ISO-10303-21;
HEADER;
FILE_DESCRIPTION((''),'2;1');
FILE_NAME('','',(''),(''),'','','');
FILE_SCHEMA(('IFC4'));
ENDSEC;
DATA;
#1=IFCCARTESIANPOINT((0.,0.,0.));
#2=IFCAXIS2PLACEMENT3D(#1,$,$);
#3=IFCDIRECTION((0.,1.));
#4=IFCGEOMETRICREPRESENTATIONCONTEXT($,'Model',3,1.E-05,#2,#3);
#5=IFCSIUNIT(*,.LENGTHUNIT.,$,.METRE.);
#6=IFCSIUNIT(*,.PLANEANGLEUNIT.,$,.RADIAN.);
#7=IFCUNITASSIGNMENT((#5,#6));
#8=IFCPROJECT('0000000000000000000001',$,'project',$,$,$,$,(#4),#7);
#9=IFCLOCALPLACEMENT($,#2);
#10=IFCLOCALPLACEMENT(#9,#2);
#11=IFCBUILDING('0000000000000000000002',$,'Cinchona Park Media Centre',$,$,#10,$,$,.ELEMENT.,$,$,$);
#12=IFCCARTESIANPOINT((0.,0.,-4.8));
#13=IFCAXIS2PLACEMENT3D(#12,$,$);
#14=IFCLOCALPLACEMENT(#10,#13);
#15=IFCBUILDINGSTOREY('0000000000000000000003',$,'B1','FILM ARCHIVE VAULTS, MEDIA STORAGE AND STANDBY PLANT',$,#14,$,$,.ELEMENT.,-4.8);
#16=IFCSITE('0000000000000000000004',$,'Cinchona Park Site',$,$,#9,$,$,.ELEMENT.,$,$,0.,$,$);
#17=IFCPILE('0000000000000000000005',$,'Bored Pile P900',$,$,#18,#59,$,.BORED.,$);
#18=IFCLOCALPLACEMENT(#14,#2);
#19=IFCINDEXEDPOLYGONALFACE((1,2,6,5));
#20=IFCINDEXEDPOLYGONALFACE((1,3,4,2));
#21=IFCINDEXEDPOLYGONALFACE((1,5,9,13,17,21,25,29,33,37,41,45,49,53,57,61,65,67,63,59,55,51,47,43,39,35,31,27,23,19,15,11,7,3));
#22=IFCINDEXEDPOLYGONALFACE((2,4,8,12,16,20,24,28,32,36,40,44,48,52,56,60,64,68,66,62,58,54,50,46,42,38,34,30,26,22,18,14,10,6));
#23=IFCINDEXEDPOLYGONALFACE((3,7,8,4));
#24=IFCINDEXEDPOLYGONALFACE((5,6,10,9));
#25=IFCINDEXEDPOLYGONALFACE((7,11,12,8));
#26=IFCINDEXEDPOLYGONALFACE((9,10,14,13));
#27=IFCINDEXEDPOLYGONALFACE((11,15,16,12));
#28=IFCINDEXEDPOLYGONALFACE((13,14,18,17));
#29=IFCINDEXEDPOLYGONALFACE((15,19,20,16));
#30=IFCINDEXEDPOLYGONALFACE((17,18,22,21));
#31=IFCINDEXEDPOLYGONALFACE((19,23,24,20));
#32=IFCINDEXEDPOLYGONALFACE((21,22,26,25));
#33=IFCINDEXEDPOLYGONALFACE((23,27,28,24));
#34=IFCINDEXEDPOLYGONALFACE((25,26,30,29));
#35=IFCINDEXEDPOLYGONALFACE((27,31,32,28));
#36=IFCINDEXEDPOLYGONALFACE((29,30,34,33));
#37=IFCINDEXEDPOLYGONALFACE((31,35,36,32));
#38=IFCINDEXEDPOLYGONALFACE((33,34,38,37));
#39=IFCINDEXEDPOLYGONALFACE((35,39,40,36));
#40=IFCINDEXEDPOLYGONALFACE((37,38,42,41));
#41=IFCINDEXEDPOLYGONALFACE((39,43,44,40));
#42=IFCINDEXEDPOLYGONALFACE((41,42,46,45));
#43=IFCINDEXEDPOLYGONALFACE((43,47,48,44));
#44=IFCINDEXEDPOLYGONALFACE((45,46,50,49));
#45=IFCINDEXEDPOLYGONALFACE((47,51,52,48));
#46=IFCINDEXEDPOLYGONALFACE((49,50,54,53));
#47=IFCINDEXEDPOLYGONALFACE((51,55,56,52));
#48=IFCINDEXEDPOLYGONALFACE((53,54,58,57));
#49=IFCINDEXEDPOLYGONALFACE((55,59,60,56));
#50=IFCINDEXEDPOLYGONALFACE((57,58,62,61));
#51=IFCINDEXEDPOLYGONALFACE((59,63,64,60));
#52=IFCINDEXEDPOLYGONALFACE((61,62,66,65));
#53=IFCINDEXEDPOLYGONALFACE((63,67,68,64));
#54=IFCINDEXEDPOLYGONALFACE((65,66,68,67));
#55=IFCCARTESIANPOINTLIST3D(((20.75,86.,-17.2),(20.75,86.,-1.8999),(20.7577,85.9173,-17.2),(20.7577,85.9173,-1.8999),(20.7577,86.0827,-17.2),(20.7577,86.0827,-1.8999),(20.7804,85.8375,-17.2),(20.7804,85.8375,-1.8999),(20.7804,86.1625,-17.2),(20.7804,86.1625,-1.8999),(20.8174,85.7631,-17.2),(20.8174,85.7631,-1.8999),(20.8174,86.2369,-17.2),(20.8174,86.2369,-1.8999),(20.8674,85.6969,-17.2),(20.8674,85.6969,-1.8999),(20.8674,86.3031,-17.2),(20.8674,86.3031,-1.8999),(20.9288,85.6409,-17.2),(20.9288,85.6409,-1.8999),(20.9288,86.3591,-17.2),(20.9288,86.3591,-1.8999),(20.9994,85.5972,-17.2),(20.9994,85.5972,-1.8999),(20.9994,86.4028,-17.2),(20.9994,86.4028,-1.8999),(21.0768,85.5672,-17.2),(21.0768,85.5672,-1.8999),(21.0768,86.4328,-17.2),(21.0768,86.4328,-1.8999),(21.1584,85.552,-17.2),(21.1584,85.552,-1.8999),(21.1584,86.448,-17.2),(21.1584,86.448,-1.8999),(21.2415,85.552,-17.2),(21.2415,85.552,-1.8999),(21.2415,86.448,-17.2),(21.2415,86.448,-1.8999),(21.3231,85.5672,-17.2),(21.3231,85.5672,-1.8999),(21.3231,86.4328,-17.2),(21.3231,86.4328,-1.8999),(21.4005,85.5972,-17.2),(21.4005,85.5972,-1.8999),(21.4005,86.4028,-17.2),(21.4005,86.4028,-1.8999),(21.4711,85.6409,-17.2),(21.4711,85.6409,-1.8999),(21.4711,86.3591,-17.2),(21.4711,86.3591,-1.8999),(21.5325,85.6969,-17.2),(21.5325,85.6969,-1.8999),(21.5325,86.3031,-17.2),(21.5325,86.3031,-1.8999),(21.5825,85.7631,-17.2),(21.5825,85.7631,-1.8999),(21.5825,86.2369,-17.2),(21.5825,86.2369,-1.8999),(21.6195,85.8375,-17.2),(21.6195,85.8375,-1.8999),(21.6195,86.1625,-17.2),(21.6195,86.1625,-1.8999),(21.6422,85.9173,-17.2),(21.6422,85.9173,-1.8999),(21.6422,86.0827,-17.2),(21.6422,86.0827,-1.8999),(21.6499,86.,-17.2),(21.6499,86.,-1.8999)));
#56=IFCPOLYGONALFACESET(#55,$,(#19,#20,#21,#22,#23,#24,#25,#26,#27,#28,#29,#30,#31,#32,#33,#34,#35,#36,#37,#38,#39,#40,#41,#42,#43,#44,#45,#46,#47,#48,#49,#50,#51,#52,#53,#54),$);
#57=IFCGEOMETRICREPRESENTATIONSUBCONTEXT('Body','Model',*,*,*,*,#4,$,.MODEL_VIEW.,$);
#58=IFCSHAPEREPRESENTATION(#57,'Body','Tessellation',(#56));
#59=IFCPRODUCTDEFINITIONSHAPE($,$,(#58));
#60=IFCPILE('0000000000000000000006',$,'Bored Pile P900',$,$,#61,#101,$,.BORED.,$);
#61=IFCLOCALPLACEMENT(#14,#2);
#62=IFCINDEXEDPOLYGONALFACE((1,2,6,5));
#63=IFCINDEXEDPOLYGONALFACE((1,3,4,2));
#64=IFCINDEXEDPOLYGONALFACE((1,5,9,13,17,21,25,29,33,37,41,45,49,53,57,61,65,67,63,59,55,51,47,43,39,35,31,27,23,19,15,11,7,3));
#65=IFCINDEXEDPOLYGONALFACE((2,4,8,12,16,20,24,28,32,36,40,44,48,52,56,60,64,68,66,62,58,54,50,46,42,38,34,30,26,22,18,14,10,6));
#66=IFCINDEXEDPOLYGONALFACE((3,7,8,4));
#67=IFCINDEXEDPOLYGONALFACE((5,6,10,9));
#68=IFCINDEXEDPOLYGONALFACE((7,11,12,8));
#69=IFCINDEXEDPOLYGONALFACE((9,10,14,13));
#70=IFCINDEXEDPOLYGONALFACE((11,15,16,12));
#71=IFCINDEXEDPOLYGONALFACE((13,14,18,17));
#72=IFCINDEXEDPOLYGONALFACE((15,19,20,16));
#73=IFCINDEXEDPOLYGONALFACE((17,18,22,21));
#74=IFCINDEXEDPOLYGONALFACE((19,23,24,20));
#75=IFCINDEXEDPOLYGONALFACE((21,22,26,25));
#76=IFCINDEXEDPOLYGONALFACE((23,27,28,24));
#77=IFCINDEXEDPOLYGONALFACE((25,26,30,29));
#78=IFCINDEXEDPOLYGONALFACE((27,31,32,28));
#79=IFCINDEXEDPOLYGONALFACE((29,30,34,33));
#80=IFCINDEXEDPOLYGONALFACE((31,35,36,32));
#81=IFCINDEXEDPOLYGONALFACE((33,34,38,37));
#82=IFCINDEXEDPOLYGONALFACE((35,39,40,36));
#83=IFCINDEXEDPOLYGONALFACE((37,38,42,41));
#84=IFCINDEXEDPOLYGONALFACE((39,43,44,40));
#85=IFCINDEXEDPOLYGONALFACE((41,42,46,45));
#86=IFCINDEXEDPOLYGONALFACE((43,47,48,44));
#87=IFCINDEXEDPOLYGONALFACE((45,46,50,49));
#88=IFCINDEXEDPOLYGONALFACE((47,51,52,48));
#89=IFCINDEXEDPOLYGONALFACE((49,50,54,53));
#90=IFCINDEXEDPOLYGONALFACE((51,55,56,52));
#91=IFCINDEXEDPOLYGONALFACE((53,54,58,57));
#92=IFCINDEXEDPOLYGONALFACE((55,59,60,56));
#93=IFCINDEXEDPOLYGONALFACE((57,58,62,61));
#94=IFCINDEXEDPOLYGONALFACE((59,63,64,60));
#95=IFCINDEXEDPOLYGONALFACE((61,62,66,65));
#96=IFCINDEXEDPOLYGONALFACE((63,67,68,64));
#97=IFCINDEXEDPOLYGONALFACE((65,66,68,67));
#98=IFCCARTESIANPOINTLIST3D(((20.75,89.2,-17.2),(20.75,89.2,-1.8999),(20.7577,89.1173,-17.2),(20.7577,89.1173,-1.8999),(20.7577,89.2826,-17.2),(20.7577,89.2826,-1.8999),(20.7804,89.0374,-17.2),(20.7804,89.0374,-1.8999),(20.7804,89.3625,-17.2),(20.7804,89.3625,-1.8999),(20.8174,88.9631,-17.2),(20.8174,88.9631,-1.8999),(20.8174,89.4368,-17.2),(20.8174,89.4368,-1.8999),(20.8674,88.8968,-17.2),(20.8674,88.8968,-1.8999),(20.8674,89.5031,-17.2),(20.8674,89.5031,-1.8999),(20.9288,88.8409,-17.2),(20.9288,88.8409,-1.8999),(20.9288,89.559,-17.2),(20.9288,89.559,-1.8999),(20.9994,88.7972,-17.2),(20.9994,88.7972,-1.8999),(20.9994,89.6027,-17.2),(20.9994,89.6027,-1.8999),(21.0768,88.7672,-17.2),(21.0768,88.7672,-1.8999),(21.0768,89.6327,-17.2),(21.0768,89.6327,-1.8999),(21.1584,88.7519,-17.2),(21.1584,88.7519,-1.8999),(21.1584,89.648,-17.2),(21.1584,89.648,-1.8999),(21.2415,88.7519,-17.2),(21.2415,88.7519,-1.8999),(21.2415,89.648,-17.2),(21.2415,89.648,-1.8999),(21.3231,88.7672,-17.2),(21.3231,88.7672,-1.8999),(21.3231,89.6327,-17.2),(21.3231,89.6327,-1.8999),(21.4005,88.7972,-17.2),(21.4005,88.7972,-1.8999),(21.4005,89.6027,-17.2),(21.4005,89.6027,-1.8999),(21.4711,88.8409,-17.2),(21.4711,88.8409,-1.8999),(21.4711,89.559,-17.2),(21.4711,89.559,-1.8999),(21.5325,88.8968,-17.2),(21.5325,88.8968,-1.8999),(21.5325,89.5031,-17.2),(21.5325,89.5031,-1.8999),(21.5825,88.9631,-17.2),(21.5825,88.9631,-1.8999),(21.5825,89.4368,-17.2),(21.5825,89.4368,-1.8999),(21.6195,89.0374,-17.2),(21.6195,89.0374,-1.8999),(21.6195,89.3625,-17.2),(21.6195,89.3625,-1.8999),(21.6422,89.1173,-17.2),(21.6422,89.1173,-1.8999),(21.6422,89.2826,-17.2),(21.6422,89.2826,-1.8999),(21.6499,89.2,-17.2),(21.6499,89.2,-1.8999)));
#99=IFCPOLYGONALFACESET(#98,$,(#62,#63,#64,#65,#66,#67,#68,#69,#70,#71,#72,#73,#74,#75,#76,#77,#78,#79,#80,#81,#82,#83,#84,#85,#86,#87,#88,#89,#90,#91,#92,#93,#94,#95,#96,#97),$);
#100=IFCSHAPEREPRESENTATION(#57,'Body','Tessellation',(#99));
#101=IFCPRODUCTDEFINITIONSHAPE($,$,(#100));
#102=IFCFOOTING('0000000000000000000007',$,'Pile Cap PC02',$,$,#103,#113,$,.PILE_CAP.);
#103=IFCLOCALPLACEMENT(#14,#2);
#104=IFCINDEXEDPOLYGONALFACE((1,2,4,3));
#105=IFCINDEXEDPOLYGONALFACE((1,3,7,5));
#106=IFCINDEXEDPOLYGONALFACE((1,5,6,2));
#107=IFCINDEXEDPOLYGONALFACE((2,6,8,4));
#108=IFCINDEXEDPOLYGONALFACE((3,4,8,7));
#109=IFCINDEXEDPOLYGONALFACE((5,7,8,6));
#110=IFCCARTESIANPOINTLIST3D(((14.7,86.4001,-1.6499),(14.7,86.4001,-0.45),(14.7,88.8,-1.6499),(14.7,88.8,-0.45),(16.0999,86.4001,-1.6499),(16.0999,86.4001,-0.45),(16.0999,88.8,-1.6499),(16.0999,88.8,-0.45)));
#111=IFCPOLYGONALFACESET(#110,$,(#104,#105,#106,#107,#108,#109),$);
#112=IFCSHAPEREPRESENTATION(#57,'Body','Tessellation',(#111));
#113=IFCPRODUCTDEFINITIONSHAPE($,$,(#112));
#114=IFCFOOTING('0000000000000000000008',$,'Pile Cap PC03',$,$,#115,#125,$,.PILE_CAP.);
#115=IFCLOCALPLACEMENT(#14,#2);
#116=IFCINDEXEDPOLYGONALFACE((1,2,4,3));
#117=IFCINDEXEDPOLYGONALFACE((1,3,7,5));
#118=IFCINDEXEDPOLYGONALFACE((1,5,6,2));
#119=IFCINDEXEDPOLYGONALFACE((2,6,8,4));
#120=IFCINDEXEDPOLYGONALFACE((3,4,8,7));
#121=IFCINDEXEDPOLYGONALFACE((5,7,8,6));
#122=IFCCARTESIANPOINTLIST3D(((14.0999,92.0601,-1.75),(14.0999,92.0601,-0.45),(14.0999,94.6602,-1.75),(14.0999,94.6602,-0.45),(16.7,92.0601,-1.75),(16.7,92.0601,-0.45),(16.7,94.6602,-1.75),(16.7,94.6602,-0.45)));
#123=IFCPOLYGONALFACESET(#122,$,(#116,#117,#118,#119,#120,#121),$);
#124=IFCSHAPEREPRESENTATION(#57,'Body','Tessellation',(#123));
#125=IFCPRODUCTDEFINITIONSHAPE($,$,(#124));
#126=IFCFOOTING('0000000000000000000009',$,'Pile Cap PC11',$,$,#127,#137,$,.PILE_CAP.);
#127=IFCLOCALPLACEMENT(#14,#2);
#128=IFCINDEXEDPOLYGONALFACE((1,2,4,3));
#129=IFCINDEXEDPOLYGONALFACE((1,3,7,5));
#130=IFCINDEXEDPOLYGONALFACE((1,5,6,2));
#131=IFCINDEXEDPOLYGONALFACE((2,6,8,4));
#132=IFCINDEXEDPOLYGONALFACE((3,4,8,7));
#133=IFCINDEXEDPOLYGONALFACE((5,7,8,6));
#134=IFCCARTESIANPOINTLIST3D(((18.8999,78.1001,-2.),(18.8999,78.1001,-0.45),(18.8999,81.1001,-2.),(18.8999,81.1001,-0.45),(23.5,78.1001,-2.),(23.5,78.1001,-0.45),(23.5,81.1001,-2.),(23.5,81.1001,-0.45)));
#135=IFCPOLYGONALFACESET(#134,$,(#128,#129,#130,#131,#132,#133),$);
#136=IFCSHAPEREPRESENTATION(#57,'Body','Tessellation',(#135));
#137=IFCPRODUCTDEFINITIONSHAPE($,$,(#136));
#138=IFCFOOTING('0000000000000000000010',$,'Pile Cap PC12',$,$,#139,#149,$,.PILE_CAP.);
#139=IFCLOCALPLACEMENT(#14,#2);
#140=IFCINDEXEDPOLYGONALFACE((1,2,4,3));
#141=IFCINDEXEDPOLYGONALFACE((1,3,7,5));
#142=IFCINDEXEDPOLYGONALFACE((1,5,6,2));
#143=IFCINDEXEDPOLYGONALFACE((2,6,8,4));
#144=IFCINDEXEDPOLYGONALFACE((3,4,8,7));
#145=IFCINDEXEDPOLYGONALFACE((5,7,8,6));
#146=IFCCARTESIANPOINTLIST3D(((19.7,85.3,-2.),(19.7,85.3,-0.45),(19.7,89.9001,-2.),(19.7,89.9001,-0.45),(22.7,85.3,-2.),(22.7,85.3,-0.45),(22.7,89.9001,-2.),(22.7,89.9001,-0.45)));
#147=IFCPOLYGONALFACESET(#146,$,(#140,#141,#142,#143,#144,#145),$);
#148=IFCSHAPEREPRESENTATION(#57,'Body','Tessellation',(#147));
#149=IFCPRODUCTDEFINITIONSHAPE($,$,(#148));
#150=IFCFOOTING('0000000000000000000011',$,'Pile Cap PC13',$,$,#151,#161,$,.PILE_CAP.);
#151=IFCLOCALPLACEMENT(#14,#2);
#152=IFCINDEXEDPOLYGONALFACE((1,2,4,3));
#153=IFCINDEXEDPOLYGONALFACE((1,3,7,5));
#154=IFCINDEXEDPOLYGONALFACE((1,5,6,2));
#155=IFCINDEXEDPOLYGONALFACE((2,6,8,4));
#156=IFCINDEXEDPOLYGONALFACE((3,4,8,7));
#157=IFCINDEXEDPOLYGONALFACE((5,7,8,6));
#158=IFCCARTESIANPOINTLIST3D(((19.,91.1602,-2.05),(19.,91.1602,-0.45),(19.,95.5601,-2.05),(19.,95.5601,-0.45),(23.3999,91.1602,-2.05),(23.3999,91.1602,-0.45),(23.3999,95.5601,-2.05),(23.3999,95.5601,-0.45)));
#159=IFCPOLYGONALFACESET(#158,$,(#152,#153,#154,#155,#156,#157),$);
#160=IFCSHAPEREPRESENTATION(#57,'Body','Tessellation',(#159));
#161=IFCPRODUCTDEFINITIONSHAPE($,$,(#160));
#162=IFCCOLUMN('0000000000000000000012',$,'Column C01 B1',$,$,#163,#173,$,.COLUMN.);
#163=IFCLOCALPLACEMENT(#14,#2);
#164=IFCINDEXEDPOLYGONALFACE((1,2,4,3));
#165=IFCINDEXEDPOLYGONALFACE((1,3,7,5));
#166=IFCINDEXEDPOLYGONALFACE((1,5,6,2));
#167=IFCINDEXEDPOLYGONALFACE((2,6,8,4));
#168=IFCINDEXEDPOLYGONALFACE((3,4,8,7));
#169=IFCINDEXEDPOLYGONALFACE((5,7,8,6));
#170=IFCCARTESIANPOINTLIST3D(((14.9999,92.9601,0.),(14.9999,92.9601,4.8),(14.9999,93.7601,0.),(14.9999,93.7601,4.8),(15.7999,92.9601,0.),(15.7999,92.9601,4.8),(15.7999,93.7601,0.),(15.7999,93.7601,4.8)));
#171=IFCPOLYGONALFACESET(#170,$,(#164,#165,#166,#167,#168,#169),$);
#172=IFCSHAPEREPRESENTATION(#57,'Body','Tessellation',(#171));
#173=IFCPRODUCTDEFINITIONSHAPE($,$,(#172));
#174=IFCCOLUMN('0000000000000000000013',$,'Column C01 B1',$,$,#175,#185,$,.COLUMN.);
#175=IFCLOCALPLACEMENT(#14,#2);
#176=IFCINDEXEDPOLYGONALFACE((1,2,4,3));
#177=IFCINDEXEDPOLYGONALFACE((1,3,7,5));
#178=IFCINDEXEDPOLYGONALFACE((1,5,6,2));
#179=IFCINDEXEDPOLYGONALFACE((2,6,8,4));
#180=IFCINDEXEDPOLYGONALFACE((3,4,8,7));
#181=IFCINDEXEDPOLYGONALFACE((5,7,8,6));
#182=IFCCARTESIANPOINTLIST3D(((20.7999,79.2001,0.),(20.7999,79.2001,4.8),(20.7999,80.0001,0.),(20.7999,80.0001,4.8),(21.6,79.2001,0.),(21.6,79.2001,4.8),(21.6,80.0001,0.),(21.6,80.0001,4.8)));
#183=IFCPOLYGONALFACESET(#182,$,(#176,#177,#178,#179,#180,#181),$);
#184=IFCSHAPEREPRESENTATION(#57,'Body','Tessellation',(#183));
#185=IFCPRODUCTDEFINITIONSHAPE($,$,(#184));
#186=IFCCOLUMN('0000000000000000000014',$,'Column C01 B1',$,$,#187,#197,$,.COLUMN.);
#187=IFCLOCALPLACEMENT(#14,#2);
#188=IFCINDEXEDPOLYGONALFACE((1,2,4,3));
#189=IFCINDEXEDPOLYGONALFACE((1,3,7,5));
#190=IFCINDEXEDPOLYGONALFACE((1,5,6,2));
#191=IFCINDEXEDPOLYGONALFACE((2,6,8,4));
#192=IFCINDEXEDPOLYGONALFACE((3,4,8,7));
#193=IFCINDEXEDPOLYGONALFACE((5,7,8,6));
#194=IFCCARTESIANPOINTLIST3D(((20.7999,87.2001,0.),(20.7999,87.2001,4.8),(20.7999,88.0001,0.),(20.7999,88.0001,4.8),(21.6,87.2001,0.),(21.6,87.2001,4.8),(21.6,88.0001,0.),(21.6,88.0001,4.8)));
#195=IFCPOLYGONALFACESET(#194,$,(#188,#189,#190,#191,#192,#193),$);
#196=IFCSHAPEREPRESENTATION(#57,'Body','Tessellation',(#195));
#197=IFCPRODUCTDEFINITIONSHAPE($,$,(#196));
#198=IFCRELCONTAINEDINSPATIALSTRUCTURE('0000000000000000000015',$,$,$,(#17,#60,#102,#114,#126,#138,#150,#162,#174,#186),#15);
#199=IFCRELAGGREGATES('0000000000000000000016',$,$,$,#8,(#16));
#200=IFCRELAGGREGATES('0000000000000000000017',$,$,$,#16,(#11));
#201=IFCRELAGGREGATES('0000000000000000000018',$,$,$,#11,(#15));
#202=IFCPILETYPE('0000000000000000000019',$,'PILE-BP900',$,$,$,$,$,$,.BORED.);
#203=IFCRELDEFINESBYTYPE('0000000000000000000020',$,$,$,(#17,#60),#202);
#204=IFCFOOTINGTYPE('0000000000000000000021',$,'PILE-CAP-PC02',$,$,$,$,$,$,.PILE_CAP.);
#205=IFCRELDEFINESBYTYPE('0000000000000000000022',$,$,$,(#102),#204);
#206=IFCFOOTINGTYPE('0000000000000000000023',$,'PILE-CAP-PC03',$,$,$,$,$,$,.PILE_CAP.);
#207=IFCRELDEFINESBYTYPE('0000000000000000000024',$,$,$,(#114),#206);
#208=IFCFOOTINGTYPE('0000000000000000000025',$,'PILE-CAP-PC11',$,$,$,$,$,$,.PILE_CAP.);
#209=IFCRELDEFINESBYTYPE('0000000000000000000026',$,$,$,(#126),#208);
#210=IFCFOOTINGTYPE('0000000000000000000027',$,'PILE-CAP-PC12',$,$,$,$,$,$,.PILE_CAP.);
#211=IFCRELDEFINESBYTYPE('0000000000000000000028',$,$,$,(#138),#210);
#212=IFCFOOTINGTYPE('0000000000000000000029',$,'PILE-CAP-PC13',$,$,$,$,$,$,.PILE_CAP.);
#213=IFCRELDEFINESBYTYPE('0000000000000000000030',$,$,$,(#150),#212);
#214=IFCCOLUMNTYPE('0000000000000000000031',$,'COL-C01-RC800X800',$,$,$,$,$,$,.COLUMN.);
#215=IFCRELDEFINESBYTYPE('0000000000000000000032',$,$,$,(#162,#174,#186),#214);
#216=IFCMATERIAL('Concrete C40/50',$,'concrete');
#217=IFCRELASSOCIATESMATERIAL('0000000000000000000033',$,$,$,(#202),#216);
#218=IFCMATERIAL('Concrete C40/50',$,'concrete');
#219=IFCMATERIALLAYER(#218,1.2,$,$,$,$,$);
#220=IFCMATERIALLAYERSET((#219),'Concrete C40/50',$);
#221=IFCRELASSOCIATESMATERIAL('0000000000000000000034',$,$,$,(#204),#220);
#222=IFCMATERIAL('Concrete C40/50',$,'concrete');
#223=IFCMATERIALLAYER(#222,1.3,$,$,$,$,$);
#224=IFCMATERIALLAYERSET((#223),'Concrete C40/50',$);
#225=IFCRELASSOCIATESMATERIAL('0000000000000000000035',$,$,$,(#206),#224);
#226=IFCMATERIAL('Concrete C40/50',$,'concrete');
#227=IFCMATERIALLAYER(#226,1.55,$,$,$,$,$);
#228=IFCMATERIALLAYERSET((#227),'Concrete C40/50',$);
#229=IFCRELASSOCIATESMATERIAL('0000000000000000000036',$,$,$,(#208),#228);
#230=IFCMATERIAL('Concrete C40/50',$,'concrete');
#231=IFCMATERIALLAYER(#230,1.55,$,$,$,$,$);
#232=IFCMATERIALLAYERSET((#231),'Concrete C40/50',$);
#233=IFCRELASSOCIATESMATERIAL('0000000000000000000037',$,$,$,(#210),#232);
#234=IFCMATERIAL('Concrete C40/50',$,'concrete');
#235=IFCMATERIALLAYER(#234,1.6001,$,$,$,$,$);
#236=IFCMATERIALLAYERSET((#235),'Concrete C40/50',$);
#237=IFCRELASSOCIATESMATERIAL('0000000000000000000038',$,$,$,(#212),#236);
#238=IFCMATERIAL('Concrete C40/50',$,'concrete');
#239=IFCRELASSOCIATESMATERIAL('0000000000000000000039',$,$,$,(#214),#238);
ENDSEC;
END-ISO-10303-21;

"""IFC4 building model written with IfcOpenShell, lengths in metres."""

from ifc_helpers import new_model, si_unit, direction, frame, origin, origin_2d, place, context, subcontext, project, spatial, rectangle, circle, extrude, material, layer, layer_set, material_profile, profile_set, type_object, element, save


model = new_model("IFC4")

# Units and contexts
model_context = context("Model", 3, precision=1e-05, world=origin(), true_north=direction((0.0, 1.0)))
body_context = subcontext(model_context, "Body", "Model", "MODEL_VIEW")
ifc_project = project(units=[si_unit("LENGTHUNIT", "METRE"), si_unit("PLANEANGLEUNIT", "RADIAN")], contexts=[model_context])

# Site, building, storey
site_placement = place(None, origin())
site = spatial("IfcSite", under=ifc_project, at=site_placement, Name="Cinchona Park Site", CompositionType="ELEMENT", RefElevation=0.0)
building_placement = place(site_placement, origin())
building = spatial("IfcBuilding", under=site, at=building_placement, Name="Cinchona Park Media Centre", CompositionType="ELEMENT")
storey_placement = place(building_placement, frame((0.0, 0.0, -4.8)))
storey = spatial("IfcBuildingStorey", under=building, at=storey_placement, Name="B1", Description="FILM ARCHIVE VAULTS, MEDIA STORAGE AND STANDBY PLANT", CompositionType="ELEMENT", Elevation=-4.8)

# Piles
ifc_material_1 = material(Name="Concrete C40/50", Category="concrete")
ifc_material_profile_1 = material_profile(ifc_material_1, circle(Radius=0.45, at=origin_2d()), Name="BORED PILE 900")
ifc_profile_set_1 = profile_set([ifc_material_profile_1], Name="Concrete C40/50")
pile_type_1 = type_object("IfcPileType", Name="PILE-BP900", PredefinedType="BORED", material=ifc_profile_set_1)
for number, where, z_axis, x_axis, name in (
    (1, (21.2, 86.0, -1.8999), (0.0, 0.0, -1.0), (1.0, 0.0, 0.0), "Bored Pile P900"),
    (2, (21.2, 89.2, -1.8999), (0.0, 0.0, -1.0), (1.0, 0.0, 0.0), "Bored Pile P900"),
):
    element("IfcPile", number, at=place(storey_placement, frame(where, z_axis=z_axis, x_axis=x_axis)), inside=storey, type_object=pile_type_1, Name=name, PredefinedType="BORED", context=body_context, shape_type="SweptSolid", body=[
        extrude(circle(Radius=0.45, at=origin_2d()), origin(), (0.0, 0.0, 1.0), 15.3),
    ])

# Footings
ifc_material_2 = material(Name="Concrete C40/50", Category="concrete")
ifc_layer_1 = layer(ifc_material_2, 1.2)
ifc_layer_set_1 = layer_set([ifc_layer_1], Name="Concrete C40/50")
footing_type_1 = type_object("IfcFootingType", Name="PILE-CAP-PC02", PredefinedType="PILE_CAP", material=ifc_layer_set_1)
footing_1_placement = place(storey_placement, frame((15.3999, 87.6001, -1.6499), z_axis=(0.0, 0.0, 1.0), x_axis=(1.0, 0.0, 0.0)))
element("IfcFooting", 3, at=footing_1_placement, inside=storey, type_object=footing_type_1, Name="Pile Cap PC02", PredefinedType="PILE_CAP", context=body_context, shape_type="SweptSolid", body=[
    extrude(rectangle(XDim=1.3999, YDim=2.3999, at=origin_2d()), origin(), (0.0, 0.0, 1.0), 1.2),
])
ifc_material_3 = material(Name="Concrete C40/50", Category="concrete")
ifc_layer_2 = layer(ifc_material_3, 1.3)
ifc_layer_set_2 = layer_set([ifc_layer_2], Name="Concrete C40/50")
footing_type_2 = type_object("IfcFootingType", Name="PILE-CAP-PC03", PredefinedType="PILE_CAP", material=ifc_layer_set_2)
footing_2_placement = place(storey_placement, frame((15.3999, 93.3601, -1.75), z_axis=(0.0, 0.0, 1.0), x_axis=(1.0, 0.0, 0.0)))
element("IfcFooting", 4, at=footing_2_placement, inside=storey, type_object=footing_type_2, Name="Pile Cap PC03", PredefinedType="PILE_CAP", context=body_context, shape_type="SweptSolid", body=[
    extrude(rectangle(XDim=2.6001, YDim=2.6001, at=origin_2d()), origin(), (0.0, 0.0, 1.0), 1.3),
])
ifc_material_4 = material(Name="Concrete C40/50", Category="concrete")
ifc_layer_3 = layer(ifc_material_4, 1.55)
ifc_layer_set_3 = layer_set([ifc_layer_3], Name="Concrete C40/50")
footing_type_3 = type_object("IfcFootingType", Name="PILE-CAP-PC11", PredefinedType="PILE_CAP", material=ifc_layer_set_3)
footing_3_placement = place(storey_placement, frame((21.2, 79.6001, -2.0), z_axis=(0.0, 0.0, 1.0), x_axis=(1.0, 0.0, 0.0)))
element("IfcFooting", 5, at=footing_3_placement, inside=storey, type_object=footing_type_3, Name="Pile Cap PC11", PredefinedType="PILE_CAP", context=body_context, shape_type="SweptSolid", body=[
    extrude(rectangle(XDim=4.6001, YDim=3.0, at=origin_2d()), origin(), (0.0, 0.0, 1.0), 1.55),
])
ifc_material_5 = material(Name="Concrete C40/50", Category="concrete")
ifc_layer_4 = layer(ifc_material_5, 1.55)
ifc_layer_set_4 = layer_set([ifc_layer_4], Name="Concrete C40/50")
footing_type_4 = type_object("IfcFootingType", Name="PILE-CAP-PC12", PredefinedType="PILE_CAP", material=ifc_layer_set_4)
footing_4_placement = place(storey_placement, frame((21.2, 87.6001, -2.0), z_axis=(0.0, 0.0, 1.0), x_axis=(1.0, 0.0, 0.0)))
element("IfcFooting", 6, at=footing_4_placement, inside=storey, type_object=footing_type_4, Name="Pile Cap PC12", PredefinedType="PILE_CAP", context=body_context, shape_type="SweptSolid", body=[
    extrude(rectangle(XDim=3.0, YDim=4.6001, at=origin_2d()), origin(), (0.0, 0.0, 1.0), 1.55),
])
ifc_material_6 = material(Name="Concrete C40/50", Category="concrete")
ifc_layer_5 = layer(ifc_material_6, 1.6001)
ifc_layer_set_5 = layer_set([ifc_layer_5], Name="Concrete C40/50")
footing_type_5 = type_object("IfcFootingType", Name="PILE-CAP-PC13", PredefinedType="PILE_CAP", material=ifc_layer_set_5)
footing_5_placement = place(storey_placement, frame((21.2, 93.3601, -2.05), z_axis=(0.0, 0.0, 1.0), x_axis=(1.0, 0.0, 0.0)))
element("IfcFooting", 7, at=footing_5_placement, inside=storey, type_object=footing_type_5, Name="Pile Cap PC13", PredefinedType="PILE_CAP", context=body_context, shape_type="SweptSolid", body=[
    extrude(rectangle(XDim=4.3999, YDim=4.3999, at=origin_2d()), origin(), (0.0, 0.0, 1.0), 1.6001),
])

# Columns
ifc_material_7 = material(Name="Concrete C40/50", Category="concrete")
ifc_material_profile_2 = material_profile(ifc_material_7, rectangle(XDim=0.8, YDim=0.8, at=origin_2d()), Name="RC 800X800")
ifc_profile_set_2 = profile_set([ifc_material_profile_2], Name="Concrete C40/50")
column_type = type_object("IfcColumnType", Name="COL-C01-RC800X800", PredefinedType="COLUMN", material=ifc_profile_set_2)
for number, where, z_axis, x_axis, name in (
    (8, (15.3999, 93.3601, 0.0), (0.0, 0.0, 1.0), (1.0, 0.0, 0.0), "Column C01 B1"),
    (9, (21.2, 79.6001, 0.0), (0.0, 0.0, 1.0), (1.0, 0.0, 0.0), "Column C01 B1"),
    (10, (21.2, 87.6001, 0.0), (0.0, 0.0, 1.0), (1.0, 0.0, 0.0), "Column C01 B1"),
):
    element("IfcColumn", number, at=place(storey_placement, frame(where, z_axis=z_axis, x_axis=x_axis)), inside=storey, type_object=column_type, Name=name, PredefinedType="COLUMN", context=body_context, shape_type="SweptSolid", body=[
        extrude(rectangle(XDim=0.8, YDim=0.8, at=origin_2d()), origin(), (0.0, 0.0, 1.0), 4.8),
    ])

save(model, "model.ifc")
